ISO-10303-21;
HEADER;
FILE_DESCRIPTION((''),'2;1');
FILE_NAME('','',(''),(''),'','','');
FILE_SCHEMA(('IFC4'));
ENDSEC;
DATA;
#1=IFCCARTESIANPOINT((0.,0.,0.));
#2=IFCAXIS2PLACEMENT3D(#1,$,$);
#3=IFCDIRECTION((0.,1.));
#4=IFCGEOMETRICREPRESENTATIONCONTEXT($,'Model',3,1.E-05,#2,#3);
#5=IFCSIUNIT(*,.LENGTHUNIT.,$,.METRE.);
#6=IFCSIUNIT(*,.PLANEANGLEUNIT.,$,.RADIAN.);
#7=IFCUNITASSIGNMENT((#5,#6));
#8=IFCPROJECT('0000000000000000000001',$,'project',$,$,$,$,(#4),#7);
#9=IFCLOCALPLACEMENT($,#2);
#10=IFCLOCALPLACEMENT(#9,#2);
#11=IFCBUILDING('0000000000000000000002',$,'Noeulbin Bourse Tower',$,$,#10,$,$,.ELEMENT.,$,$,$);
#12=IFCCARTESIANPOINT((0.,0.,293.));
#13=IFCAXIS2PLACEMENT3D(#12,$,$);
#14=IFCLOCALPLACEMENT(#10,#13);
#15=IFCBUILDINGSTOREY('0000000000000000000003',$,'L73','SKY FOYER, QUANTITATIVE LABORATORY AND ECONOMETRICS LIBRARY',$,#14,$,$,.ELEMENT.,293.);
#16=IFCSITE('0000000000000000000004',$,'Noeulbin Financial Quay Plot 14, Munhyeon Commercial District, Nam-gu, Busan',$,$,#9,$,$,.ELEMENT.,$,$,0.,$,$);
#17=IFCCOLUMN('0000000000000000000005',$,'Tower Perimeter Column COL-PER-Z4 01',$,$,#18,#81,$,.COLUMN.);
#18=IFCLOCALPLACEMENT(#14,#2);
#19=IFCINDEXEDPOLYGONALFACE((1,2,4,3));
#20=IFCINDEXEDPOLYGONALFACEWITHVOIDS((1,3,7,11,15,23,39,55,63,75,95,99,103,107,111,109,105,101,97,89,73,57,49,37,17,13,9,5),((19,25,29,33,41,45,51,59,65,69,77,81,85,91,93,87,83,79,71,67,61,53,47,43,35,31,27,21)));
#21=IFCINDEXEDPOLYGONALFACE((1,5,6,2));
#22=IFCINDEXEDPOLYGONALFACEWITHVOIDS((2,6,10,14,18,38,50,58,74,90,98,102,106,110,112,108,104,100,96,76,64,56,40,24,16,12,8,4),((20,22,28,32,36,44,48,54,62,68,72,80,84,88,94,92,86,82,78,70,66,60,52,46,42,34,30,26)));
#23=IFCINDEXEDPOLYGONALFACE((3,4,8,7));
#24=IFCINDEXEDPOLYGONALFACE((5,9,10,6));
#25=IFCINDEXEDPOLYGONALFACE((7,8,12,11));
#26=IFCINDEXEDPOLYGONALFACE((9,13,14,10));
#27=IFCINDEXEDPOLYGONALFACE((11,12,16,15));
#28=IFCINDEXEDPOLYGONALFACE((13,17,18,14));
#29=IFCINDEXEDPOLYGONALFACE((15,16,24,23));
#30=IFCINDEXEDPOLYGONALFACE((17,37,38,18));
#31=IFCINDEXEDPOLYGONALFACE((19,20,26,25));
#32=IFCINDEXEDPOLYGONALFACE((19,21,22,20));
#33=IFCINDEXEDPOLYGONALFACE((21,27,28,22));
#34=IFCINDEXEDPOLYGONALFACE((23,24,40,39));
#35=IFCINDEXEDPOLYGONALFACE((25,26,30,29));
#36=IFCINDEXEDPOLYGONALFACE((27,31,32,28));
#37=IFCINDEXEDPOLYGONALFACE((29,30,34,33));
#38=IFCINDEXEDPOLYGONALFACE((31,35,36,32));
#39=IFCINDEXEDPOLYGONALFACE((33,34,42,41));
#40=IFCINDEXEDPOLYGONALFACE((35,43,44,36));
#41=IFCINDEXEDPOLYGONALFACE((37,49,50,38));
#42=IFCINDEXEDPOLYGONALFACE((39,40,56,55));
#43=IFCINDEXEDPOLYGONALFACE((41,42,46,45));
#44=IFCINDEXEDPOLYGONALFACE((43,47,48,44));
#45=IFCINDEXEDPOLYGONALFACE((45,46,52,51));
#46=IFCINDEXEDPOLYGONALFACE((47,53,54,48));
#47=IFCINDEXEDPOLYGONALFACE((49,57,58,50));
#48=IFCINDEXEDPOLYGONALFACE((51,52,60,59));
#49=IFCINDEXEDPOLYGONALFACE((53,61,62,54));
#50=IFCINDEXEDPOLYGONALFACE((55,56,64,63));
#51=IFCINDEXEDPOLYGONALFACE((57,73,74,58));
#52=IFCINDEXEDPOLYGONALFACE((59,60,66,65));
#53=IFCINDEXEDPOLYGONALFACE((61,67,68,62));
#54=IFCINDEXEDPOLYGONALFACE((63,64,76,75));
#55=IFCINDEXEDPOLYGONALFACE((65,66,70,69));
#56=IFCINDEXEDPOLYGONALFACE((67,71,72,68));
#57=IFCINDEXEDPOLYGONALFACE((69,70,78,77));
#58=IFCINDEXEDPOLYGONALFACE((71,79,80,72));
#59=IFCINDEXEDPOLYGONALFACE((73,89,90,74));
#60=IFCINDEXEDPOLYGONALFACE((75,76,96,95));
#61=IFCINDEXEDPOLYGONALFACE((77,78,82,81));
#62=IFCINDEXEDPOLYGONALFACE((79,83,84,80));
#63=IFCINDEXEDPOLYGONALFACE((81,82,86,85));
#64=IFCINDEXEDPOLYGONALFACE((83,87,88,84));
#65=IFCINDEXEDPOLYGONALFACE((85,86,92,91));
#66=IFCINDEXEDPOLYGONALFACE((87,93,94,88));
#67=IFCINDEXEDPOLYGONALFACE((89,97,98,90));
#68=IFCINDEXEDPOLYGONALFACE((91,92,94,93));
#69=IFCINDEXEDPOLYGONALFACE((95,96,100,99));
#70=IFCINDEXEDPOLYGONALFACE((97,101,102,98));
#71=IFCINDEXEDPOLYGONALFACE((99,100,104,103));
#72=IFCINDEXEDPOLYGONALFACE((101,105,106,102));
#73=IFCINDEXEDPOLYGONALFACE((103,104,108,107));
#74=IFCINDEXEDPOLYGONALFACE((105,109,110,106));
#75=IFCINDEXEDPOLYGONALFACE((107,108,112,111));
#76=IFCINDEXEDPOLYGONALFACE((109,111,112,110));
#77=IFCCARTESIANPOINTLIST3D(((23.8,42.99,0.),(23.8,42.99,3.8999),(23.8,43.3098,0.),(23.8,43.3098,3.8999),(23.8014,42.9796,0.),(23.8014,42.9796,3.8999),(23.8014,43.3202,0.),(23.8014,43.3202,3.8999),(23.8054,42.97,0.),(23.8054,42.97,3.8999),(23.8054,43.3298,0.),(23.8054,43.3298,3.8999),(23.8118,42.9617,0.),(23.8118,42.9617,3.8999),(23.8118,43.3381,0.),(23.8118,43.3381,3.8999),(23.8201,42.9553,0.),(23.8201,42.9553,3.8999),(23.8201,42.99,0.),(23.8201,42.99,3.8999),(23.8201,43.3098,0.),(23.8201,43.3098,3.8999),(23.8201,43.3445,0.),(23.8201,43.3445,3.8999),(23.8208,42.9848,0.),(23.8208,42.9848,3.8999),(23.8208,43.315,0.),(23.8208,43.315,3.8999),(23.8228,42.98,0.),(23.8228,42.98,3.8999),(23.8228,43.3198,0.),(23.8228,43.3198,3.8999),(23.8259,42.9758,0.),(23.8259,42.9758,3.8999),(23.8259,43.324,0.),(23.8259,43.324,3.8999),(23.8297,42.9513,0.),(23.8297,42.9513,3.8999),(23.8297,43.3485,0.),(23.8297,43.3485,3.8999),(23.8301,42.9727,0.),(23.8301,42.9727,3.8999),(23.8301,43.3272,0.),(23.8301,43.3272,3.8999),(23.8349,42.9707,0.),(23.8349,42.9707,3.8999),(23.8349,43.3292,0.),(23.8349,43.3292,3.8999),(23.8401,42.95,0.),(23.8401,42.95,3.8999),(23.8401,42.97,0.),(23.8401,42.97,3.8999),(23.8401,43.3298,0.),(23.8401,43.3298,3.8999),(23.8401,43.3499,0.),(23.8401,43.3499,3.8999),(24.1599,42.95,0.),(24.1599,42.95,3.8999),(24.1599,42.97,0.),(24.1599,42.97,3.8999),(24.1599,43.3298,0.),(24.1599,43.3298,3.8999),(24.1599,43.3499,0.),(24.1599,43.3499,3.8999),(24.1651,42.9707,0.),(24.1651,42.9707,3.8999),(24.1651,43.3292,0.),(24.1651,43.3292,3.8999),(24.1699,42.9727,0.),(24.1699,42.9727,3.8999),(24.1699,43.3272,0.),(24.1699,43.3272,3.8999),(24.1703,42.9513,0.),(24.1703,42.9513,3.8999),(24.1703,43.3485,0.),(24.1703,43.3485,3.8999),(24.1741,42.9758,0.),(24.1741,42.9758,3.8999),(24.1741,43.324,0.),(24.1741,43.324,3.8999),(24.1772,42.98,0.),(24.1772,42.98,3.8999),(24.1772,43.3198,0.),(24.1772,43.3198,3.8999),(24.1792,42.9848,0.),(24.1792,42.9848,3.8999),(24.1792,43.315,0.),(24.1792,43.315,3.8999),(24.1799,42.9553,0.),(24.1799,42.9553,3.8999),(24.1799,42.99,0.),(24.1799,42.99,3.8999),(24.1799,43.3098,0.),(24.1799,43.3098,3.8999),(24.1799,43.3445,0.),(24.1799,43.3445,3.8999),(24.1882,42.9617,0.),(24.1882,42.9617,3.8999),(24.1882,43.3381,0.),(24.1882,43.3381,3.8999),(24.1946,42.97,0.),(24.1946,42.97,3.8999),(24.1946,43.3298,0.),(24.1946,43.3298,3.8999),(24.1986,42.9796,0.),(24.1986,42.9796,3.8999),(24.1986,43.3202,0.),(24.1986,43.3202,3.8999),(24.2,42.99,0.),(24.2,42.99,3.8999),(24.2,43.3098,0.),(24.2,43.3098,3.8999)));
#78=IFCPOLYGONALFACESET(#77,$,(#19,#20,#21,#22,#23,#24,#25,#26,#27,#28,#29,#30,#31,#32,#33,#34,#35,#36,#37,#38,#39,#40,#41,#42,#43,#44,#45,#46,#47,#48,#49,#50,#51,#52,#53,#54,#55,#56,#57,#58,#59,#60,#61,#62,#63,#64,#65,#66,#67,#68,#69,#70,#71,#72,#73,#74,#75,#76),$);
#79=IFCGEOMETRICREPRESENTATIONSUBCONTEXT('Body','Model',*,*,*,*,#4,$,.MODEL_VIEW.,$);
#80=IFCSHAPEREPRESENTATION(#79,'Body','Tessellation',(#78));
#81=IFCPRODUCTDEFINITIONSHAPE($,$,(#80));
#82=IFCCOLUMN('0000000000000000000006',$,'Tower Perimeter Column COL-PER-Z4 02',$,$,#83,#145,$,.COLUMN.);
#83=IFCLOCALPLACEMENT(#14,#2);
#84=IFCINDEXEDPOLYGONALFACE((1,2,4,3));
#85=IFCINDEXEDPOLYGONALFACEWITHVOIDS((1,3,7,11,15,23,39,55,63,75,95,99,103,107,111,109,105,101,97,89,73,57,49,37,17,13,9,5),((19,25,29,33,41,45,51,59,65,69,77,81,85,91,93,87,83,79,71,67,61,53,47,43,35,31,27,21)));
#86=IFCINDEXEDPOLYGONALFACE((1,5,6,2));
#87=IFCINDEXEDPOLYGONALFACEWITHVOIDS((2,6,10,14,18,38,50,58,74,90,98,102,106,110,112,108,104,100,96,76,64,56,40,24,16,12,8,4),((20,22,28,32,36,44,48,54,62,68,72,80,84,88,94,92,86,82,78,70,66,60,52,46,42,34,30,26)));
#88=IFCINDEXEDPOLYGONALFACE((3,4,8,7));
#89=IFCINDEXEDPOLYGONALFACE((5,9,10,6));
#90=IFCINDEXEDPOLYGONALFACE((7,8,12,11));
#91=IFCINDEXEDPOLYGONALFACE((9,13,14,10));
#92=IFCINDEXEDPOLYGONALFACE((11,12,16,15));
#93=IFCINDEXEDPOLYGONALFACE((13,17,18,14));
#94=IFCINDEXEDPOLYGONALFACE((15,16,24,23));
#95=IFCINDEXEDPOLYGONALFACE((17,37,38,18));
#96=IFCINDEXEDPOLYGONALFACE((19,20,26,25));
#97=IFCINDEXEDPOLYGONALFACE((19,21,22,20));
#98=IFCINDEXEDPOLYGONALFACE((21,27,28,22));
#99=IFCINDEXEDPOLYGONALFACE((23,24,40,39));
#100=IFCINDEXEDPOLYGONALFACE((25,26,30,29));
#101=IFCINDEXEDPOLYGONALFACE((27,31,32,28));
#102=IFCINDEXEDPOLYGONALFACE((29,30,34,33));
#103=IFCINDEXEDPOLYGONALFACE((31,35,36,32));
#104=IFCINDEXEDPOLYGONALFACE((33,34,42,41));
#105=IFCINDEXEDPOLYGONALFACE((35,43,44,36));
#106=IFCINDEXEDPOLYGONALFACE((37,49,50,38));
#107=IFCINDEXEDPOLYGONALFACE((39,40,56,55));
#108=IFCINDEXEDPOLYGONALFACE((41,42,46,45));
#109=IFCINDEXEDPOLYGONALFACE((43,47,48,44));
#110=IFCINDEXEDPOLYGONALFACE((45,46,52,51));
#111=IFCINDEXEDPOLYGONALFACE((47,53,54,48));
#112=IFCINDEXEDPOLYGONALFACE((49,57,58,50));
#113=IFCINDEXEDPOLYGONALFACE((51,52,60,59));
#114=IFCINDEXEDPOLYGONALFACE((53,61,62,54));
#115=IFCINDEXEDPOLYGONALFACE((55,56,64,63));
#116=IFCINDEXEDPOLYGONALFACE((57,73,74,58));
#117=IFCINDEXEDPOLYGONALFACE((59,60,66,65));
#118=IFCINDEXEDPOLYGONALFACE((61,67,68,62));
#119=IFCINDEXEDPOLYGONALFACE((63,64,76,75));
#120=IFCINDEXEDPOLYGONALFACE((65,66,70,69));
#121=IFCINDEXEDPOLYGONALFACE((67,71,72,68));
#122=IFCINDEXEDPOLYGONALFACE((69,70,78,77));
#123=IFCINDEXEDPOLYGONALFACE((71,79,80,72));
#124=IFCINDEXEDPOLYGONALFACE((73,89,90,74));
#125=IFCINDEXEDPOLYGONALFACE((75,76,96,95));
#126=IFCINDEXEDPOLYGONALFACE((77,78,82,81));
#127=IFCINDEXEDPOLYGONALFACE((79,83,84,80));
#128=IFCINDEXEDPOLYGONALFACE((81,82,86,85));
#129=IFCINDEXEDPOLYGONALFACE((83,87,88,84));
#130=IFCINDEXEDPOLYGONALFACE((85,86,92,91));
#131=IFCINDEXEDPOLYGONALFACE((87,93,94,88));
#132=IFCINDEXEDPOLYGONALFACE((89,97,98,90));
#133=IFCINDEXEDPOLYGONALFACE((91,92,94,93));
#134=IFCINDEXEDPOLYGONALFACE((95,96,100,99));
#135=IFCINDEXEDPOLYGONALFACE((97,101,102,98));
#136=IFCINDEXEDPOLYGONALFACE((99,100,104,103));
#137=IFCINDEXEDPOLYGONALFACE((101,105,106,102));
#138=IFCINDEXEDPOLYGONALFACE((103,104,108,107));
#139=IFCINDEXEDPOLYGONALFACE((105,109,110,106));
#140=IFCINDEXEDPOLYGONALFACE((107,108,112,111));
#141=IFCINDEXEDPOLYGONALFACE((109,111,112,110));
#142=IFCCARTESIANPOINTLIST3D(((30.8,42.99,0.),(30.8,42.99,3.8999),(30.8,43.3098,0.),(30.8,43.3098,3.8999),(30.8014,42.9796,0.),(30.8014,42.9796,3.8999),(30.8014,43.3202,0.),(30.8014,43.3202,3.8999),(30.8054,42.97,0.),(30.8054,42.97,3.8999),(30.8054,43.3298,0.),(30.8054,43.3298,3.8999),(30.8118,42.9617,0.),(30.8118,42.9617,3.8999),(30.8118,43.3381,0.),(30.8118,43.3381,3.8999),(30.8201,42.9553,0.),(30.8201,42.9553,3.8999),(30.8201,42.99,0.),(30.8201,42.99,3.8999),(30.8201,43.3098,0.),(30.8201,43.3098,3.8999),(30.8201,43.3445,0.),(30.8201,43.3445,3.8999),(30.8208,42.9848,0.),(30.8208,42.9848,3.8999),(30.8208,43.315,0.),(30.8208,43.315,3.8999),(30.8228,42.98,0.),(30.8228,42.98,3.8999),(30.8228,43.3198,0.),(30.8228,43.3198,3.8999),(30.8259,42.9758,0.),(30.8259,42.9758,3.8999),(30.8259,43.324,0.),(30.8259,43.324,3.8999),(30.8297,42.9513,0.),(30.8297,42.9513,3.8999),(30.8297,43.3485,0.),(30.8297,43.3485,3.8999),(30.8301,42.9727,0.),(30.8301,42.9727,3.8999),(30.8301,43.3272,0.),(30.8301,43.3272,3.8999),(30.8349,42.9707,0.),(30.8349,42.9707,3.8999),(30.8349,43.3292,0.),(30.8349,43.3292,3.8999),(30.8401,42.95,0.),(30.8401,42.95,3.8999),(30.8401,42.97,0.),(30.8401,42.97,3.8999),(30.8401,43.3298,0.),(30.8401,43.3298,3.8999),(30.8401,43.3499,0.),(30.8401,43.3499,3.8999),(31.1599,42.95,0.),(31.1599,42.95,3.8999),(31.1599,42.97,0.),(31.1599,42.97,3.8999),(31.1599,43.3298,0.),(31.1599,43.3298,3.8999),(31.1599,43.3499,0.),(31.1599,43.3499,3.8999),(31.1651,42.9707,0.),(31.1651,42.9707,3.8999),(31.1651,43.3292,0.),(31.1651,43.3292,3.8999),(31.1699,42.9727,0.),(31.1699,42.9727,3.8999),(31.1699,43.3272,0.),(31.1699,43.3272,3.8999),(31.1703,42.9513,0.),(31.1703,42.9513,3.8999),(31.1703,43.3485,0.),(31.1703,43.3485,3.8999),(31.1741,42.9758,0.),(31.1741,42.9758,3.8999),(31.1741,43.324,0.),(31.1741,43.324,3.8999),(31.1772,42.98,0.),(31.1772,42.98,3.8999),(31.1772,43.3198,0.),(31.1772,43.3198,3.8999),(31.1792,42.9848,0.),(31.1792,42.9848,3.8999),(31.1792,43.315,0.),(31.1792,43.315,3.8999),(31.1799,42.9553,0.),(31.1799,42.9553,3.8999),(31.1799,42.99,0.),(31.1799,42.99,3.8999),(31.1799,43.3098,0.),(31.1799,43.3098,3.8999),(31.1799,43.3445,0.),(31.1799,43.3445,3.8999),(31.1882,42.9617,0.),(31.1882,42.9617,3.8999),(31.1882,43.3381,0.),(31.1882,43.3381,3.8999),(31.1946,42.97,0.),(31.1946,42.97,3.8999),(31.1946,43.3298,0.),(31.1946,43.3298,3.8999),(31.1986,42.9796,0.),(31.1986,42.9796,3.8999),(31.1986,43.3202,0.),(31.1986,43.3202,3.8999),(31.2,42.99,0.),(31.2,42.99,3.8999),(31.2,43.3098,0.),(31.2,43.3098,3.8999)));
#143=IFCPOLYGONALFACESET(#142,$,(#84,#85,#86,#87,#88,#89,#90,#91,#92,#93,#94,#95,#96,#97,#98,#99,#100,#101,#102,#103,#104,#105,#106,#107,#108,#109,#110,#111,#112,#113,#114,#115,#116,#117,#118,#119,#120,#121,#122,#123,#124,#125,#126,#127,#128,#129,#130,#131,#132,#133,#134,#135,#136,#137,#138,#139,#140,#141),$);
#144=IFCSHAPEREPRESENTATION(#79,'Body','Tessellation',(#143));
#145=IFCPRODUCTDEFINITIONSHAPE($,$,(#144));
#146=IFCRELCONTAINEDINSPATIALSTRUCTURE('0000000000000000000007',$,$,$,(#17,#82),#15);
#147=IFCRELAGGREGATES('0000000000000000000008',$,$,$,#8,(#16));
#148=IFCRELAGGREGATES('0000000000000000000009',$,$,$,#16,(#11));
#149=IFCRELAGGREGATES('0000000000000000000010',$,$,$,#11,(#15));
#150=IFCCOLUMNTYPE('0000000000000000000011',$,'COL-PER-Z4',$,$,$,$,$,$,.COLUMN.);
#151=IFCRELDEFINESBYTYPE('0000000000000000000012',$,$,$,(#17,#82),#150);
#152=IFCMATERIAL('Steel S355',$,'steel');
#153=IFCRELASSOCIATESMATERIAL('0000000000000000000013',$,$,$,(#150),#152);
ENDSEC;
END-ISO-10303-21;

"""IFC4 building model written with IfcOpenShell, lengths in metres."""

from ifc_helpers import new_model, si_unit, direction, frame, origin, origin_2d, place, context, subcontext, project, spatial, hollow_rectangle, extrude, material, material_profile, profile_set, type_object, element, save


model = new_model("IFC4")

# Units and contexts
model_context = context("Model", 3, precision=1e-05, world=origin(), true_north=direction((0.0, 1.0)))
body_context = subcontext(model_context, "Body", "Model", "MODEL_VIEW")
ifc_project = project(units=[si_unit("LENGTHUNIT", "METRE"), si_unit("PLANEANGLEUNIT", "RADIAN")], contexts=[model_context])

# Site, building, storey
site_placement = place(None, origin())
site = spatial("IfcSite", under=ifc_project, at=site_placement, Name="Noeulbin Financial Quay Plot 14, Munhyeon Commercial District, Nam-gu, Busan", CompositionType="ELEMENT", RefElevation=0.0)
building_placement = place(site_placement, origin())
building = spatial("IfcBuilding", under=site, at=building_placement, Name="Noeulbin Bourse Tower", CompositionType="ELEMENT")
storey_placement = place(building_placement, frame((0.0, 0.0, 293.0)))
storey = spatial("IfcBuildingStorey", under=building, at=storey_placement, Name="L73", Description="SKY FOYER, QUANTITATIVE LABORATORY AND ECONOMETRICS LIBRARY", CompositionType="ELEMENT", Elevation=293.0)

# Columns
ifc_material_1 = material(Name="Steel S355", Category="steel")
ifc_material_profile_1 = material_profile(ifc_material_1, hollow_rectangle(XDim=0.3999, YDim=0.3999, WallThickness=0.02, InnerFilletRadius=0.02, OuterFilletRadius=0.04, at=origin_2d()), Name="SHS-400x400x20", Category="LoadBearing")
ifc_profile_set_1 = profile_set([ifc_material_profile_1], Name="Steel S355")
column_type_1 = type_object("IfcColumnType", Name="COL-PER-Z4", PredefinedType="COLUMN", material=ifc_profile_set_1)
for number, where, z_axis, x_axis, name in (
    (1, (24.0, 43.1499, 0.0), (0.0, 0.0, 1.0), (1.0, 0.0, 0.0), "Tower Perimeter Column COL-PER-Z4 01"),
    (2, (31.0, 43.1499, 0.0), (0.0, 0.0, 1.0), (1.0, 0.0, 0.0), "Tower Perimeter Column COL-PER-Z4 02"),
):
    element("IfcColumn", number, at=place(storey_placement, frame(where, z_axis=z_axis, x_axis=x_axis)), inside=storey, type_object=column_type_1, Name=name, PredefinedType="COLUMN", context=body_context, shape_type="SweptSolid", body=[
        extrude(hollow_rectangle(XDim=0.3999, YDim=0.3999, WallThickness=0.02, InnerFilletRadius=0.02, OuterFilletRadius=0.04, at=origin_2d()), origin(), (0.0, 0.0, 1.0), 3.8999),
    ])

save(model, "model.ifc")
